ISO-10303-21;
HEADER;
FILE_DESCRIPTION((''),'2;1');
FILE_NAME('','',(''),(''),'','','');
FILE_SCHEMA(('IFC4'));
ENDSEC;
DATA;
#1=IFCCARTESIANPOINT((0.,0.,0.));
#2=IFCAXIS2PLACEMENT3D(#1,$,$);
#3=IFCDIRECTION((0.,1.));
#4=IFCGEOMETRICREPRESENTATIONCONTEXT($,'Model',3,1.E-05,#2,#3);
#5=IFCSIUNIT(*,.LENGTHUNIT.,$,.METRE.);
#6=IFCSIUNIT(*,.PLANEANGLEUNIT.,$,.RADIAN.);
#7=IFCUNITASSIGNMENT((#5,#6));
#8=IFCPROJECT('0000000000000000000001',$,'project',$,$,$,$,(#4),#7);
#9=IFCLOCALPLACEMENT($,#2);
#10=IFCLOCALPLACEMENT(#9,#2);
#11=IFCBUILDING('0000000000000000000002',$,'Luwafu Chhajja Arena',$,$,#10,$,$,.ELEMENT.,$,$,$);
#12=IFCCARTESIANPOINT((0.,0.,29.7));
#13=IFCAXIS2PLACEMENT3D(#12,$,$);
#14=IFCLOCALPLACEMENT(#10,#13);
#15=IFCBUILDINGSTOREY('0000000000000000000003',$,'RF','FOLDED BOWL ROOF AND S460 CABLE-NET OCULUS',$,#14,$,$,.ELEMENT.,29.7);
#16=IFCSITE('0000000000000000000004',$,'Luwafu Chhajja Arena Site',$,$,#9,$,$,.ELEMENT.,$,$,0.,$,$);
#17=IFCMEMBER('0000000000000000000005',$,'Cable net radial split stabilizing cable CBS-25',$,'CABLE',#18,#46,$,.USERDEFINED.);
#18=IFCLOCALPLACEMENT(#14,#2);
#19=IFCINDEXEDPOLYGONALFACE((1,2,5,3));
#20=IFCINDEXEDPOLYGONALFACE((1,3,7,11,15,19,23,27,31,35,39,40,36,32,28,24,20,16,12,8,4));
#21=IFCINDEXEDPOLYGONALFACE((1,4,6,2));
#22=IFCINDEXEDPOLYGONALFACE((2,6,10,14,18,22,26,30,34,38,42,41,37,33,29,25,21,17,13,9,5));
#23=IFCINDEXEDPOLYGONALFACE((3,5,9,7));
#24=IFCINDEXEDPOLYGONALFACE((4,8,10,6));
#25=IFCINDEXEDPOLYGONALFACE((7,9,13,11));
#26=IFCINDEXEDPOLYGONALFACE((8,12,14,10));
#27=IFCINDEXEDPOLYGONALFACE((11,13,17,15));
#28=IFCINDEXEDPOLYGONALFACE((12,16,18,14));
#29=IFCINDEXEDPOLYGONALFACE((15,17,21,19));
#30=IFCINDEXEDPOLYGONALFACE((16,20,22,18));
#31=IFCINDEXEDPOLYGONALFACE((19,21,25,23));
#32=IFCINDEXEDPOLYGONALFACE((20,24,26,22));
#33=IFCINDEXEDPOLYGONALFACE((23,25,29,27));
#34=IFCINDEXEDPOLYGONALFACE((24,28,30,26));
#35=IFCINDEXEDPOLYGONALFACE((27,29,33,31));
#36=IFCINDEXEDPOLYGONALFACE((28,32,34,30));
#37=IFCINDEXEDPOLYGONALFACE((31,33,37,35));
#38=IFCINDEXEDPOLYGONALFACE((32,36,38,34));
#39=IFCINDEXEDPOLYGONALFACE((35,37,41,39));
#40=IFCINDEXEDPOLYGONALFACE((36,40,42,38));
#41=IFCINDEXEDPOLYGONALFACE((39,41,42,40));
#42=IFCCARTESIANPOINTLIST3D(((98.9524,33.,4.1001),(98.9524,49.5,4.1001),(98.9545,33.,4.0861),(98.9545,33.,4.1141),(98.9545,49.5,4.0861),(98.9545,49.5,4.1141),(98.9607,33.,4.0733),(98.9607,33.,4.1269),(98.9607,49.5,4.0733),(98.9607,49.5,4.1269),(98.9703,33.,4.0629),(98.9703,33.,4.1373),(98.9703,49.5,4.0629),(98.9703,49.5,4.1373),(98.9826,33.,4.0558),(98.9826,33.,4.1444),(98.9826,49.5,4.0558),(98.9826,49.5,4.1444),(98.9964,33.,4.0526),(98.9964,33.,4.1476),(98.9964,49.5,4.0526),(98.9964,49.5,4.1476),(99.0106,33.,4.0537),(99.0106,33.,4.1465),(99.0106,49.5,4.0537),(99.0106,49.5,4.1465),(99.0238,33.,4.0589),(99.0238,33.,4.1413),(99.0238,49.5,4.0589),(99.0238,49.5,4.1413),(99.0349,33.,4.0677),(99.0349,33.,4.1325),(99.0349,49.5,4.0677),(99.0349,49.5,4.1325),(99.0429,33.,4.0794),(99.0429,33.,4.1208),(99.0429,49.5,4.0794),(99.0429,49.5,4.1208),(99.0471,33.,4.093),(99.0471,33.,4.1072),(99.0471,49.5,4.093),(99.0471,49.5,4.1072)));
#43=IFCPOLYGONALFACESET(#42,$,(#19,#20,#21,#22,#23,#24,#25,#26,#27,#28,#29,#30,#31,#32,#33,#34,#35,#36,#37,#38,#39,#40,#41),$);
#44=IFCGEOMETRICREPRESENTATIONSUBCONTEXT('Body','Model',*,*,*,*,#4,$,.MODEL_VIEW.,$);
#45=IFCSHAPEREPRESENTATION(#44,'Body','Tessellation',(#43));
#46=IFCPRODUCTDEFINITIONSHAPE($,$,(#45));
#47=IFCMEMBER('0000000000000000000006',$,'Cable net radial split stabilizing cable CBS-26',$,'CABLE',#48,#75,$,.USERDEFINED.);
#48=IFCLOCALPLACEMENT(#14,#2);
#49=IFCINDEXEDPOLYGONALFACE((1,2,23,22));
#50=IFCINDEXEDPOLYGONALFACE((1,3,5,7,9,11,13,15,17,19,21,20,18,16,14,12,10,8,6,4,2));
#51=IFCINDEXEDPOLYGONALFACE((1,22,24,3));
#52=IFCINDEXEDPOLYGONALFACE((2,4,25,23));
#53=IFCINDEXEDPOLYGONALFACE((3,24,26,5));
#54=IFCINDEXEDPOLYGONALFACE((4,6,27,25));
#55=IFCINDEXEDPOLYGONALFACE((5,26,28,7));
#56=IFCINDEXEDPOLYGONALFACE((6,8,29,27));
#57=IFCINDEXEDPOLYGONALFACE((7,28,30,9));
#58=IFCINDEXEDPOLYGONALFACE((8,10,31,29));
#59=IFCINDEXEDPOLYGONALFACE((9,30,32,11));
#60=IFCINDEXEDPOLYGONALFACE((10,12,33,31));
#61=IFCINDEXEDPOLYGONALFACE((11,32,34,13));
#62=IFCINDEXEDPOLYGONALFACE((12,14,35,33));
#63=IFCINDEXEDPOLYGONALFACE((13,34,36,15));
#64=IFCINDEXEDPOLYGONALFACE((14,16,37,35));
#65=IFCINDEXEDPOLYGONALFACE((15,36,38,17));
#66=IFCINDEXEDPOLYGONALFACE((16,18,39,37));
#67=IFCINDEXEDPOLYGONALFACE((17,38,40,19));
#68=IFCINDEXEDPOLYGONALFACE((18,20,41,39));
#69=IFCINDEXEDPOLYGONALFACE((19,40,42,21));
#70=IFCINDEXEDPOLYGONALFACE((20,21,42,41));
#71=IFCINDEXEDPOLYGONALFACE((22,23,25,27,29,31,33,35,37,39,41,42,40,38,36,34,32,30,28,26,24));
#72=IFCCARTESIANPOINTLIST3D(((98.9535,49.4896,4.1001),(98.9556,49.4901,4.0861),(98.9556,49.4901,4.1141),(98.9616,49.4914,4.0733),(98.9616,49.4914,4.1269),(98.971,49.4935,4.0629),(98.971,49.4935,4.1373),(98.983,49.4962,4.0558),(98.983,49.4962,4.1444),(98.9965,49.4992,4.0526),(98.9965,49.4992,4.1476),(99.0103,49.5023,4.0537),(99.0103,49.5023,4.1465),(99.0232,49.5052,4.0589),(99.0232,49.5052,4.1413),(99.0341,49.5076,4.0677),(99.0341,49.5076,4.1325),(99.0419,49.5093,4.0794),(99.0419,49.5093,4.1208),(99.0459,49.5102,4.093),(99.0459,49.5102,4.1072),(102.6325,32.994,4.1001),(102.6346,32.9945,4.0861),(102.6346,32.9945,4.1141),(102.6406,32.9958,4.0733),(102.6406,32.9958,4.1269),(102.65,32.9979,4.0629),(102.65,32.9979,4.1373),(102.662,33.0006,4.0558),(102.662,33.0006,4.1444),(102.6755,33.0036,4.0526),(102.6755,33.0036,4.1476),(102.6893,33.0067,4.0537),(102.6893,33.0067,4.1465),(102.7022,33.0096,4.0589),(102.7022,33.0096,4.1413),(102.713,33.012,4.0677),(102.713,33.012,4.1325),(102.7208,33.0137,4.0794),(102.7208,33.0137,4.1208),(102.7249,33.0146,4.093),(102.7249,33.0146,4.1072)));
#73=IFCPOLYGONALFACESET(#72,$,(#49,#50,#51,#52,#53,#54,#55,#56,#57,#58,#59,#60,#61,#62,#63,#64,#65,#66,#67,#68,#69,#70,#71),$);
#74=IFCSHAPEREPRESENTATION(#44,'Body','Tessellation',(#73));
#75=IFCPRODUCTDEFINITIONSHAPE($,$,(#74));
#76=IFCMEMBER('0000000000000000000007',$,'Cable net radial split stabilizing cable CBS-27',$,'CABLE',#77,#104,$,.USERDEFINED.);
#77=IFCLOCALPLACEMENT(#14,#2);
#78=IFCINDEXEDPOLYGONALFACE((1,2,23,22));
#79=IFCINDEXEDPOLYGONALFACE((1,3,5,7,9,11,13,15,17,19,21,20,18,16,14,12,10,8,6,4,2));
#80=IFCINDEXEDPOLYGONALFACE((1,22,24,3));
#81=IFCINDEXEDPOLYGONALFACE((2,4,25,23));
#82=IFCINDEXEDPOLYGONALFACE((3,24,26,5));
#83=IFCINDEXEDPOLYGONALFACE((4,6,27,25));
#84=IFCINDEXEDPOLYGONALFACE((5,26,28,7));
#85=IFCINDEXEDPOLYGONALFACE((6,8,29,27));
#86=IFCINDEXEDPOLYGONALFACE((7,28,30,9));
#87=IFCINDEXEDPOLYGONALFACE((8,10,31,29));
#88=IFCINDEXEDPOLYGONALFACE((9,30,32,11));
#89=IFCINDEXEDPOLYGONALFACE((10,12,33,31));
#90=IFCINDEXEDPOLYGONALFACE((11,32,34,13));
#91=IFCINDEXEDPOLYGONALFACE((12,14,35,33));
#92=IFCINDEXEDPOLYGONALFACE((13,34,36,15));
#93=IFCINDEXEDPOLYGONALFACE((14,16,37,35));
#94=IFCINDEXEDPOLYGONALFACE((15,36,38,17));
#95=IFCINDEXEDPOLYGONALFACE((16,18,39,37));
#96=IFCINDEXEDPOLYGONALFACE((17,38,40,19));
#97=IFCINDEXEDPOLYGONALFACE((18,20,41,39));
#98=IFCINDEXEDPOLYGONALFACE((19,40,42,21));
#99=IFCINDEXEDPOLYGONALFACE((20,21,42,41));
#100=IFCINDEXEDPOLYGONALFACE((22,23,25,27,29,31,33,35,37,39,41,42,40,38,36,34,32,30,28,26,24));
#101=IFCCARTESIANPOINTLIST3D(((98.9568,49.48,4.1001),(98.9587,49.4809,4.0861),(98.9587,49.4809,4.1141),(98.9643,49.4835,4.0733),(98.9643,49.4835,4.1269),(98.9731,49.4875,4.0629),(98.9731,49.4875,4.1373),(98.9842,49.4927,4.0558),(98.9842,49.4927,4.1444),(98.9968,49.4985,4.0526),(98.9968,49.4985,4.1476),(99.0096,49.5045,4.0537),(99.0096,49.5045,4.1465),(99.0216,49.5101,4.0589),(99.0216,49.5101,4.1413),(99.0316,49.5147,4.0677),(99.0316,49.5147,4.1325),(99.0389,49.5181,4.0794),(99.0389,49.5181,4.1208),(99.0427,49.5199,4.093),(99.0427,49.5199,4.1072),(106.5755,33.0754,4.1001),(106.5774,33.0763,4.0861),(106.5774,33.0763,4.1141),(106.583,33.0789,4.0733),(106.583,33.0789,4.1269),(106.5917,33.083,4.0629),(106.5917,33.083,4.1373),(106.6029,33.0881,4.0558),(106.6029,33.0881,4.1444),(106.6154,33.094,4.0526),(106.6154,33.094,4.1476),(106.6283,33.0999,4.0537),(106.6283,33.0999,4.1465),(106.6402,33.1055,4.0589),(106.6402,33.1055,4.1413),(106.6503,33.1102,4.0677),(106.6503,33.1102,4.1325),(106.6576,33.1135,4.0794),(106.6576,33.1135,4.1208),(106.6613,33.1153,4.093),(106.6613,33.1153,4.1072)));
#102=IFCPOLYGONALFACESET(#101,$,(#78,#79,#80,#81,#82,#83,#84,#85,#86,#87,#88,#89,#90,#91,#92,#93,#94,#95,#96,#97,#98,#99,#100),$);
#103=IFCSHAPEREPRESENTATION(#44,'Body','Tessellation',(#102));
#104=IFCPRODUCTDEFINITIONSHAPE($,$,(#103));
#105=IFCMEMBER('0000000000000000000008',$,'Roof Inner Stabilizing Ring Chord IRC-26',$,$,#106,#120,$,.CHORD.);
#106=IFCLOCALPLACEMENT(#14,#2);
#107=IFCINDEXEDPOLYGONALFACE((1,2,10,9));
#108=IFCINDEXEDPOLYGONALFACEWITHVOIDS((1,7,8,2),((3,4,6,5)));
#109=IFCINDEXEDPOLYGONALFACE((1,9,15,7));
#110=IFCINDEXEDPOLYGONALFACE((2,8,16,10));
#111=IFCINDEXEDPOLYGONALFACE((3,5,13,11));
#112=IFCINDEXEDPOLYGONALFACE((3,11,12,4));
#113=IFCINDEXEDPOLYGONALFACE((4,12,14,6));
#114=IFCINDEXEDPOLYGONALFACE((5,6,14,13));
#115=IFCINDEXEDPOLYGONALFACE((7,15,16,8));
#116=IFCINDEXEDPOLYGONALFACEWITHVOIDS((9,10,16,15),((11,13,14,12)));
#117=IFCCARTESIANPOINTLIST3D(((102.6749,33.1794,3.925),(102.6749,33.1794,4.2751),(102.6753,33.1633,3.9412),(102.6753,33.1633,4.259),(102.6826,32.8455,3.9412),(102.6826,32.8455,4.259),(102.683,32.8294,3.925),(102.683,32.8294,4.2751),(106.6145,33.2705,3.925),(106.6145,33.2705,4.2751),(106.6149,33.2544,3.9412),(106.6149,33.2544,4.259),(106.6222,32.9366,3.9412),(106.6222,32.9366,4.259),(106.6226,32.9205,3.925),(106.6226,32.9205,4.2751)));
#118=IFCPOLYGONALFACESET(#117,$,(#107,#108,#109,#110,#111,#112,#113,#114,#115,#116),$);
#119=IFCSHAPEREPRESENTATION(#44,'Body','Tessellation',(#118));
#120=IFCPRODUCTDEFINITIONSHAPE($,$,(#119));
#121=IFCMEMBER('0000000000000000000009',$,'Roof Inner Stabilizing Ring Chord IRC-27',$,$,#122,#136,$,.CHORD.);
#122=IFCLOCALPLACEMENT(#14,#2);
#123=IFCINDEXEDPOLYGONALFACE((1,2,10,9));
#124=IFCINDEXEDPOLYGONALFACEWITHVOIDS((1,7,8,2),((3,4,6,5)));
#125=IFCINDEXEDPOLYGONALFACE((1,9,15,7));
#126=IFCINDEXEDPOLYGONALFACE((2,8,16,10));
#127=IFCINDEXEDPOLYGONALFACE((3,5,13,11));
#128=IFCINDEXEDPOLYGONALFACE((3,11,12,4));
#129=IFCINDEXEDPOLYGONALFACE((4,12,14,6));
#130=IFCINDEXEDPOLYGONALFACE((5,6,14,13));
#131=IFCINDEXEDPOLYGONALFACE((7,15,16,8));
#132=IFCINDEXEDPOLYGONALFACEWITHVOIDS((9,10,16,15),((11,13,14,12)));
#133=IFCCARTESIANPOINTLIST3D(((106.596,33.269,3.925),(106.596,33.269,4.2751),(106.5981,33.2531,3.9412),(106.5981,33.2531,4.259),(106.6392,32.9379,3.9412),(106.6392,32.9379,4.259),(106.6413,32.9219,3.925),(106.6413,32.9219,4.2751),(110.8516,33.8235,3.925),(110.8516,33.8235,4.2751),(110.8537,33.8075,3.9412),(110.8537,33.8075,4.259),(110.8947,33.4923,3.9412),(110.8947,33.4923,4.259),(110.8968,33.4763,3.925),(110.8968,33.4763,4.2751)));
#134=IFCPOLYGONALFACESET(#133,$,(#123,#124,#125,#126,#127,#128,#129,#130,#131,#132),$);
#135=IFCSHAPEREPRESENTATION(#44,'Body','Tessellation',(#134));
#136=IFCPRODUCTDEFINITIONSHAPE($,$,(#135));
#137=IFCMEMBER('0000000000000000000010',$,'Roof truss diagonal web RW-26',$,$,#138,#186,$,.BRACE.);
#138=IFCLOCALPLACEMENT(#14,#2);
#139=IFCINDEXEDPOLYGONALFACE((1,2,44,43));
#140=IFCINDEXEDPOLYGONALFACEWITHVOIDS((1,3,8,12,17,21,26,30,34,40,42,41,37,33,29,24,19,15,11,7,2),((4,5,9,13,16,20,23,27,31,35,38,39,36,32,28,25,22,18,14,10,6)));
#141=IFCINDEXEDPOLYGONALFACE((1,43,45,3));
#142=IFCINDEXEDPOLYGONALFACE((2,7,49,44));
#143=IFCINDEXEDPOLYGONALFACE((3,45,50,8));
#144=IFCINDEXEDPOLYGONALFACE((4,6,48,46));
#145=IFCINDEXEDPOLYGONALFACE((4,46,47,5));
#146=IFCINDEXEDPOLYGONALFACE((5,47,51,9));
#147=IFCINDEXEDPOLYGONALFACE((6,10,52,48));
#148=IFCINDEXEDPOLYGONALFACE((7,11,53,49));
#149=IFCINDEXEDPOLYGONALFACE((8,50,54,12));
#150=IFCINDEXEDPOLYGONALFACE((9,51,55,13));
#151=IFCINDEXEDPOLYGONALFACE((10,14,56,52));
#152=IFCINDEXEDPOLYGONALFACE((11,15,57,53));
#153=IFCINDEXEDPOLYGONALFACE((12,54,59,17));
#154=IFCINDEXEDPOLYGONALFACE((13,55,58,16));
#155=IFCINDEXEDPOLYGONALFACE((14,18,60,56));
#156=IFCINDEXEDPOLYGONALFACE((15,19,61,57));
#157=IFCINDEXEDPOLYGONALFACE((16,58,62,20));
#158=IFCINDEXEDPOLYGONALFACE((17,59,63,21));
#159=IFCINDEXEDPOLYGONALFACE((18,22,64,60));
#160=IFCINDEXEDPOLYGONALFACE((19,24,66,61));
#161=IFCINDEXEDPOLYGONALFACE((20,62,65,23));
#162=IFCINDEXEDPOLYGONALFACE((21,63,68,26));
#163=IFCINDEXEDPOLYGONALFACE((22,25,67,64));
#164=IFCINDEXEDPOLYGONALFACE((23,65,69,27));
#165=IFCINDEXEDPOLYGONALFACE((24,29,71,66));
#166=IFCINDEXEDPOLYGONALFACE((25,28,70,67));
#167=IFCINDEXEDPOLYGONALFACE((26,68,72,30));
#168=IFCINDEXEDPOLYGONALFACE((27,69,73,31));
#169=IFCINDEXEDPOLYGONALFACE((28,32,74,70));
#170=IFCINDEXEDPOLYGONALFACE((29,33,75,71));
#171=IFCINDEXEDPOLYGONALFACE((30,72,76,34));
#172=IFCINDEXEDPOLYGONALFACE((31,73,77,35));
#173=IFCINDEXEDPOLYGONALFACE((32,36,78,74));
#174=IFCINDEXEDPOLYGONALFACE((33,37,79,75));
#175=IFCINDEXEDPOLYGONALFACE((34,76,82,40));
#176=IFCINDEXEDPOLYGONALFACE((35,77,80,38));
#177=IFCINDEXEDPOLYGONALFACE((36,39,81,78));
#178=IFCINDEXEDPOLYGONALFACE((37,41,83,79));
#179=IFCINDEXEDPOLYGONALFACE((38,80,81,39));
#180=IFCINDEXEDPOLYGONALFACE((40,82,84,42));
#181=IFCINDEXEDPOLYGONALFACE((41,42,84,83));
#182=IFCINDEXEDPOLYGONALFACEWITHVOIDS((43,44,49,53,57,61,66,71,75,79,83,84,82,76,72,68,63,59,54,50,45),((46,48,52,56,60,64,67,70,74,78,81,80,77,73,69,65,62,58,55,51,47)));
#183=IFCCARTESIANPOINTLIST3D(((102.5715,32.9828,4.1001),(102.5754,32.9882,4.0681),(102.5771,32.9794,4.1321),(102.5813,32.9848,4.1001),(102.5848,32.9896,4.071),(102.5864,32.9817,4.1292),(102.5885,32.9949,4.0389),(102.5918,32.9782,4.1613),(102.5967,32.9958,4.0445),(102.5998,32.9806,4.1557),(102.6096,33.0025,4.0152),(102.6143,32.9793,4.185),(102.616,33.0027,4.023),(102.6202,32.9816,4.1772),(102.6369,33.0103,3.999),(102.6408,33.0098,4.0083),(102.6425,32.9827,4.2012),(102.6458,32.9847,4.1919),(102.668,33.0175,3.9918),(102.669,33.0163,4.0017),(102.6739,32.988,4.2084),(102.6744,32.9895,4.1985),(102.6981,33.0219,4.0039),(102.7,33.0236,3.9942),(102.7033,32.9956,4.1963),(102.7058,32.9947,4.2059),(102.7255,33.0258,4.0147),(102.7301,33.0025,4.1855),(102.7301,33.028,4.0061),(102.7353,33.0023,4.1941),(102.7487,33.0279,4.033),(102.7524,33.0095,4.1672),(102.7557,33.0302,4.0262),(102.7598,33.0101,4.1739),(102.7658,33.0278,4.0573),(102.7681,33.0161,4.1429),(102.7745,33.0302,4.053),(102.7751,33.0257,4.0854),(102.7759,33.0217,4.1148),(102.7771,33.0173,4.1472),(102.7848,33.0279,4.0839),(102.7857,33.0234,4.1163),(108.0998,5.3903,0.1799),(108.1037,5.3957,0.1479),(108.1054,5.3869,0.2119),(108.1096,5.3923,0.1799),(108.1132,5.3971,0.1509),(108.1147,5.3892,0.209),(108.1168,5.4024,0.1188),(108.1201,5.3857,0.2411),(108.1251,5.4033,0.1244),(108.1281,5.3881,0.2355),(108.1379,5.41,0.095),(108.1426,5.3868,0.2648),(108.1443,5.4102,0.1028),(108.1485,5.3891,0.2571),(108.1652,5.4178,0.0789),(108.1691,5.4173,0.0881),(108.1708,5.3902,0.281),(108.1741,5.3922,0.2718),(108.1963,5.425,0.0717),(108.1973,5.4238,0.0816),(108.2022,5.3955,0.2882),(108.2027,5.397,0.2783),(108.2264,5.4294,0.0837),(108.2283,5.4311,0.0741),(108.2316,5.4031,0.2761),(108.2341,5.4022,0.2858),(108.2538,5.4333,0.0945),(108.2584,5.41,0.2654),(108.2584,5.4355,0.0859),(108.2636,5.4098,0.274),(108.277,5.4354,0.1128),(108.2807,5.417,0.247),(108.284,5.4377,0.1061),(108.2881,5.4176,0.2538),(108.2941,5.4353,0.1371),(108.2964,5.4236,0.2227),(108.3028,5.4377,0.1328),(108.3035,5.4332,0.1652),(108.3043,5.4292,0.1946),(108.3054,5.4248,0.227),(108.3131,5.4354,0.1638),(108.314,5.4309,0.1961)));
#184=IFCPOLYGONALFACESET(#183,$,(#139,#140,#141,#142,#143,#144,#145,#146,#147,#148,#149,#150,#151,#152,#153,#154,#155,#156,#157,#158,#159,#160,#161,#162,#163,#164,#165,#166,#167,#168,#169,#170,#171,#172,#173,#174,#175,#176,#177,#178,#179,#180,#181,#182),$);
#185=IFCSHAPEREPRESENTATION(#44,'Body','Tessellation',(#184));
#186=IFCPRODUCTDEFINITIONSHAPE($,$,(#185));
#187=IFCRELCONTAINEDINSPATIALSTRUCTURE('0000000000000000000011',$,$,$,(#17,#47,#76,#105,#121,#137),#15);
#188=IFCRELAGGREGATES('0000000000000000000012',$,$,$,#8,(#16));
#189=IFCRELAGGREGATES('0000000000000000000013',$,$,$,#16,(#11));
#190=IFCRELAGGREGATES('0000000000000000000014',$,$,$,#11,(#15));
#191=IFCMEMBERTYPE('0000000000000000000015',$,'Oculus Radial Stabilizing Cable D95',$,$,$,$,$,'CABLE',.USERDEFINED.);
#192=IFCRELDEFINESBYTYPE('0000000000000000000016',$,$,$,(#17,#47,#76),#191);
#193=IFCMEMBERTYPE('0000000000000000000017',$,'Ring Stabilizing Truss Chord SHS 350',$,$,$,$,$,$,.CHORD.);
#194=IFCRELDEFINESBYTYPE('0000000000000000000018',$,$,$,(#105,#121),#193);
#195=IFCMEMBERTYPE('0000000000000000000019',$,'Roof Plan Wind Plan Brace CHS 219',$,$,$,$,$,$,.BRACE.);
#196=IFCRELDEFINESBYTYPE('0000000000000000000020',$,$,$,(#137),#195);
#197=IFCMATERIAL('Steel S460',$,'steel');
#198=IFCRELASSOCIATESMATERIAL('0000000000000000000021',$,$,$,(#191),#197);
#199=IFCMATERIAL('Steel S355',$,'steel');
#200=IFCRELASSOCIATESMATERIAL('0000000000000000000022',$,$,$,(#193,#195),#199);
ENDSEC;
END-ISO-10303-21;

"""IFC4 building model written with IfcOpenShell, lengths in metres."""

from ifc_helpers import new_model, si_unit, direction, frame, origin, origin_2d, place, context, subcontext, project, spatial, hollow_rectangle, circle, hollow_circle, extrude, material, material_profile, profile_set, type_object, element, save


model = new_model("IFC4")

# Units and contexts
model_context = context("Model", 3, precision=1e-05, world=origin(), true_north=direction((0.0, 1.0)))
body_context = subcontext(model_context, "Body", "Model", "MODEL_VIEW")
ifc_project = project(units=[si_unit("LENGTHUNIT", "METRE"), si_unit("PLANEANGLEUNIT", "RADIAN")], contexts=[model_context])

# Site, building, storey
site_placement = place(None, origin())
site = spatial("IfcSite", under=ifc_project, at=site_placement, Name="Luwafu Chhajja Arena Site", CompositionType="ELEMENT", RefElevation=0.0)
building_placement = place(site_placement, origin())
building = spatial("IfcBuilding", under=site, at=building_placement, Name="Luwafu Chhajja Arena", CompositionType="ELEMENT")
storey_placement = place(building_placement, frame((0.0, 0.0, 29.7)))
storey = spatial("IfcBuildingStorey", under=building, at=storey_placement, Name="RF", Description="FOLDED BOWL ROOF AND S460 CABLE-NET OCULUS", CompositionType="ELEMENT", Elevation=29.7)

# Shared definitions
ifc_material_1 = material(Name="Steel S355", Category="steel")

# Members
ifc_material_2 = material(Name="Steel S460", Category="steel")
ifc_material_profile_1 = material_profile(ifc_material_2, circle(Radius=0.0476, at=origin_2d()), Name="CABLE D95")
ifc_profile_set_1 = profile_set([ifc_material_profile_1], Name="Steel S460")
member_type_1 = type_object("IfcMemberType", Name="Oculus Radial Stabilizing Cable D95", ElementType="CABLE", PredefinedType="USERDEFINED", material=ifc_profile_set_1)
member_1_placement = place(storey_placement, frame((99.0, 33.0, 4.1001), z_axis=(0.0, 1.0, 0.0), x_axis=(-1.0, 0.0, 0.0)))
element("IfcMember", 1, at=member_1_placement, inside=storey, type_object=member_type_1, Name="Cable net radial split stabilizing cable CBS-25", ObjectType="CABLE", PredefinedType="USERDEFINED", context=body_context, shape_type="SweptSolid", body=[
    extrude(circle(Radius=0.0476, at=origin_2d()), origin(), (0.0, 0.0, 1.0), 16.5),
])
member_2_placement = place(storey_placement, frame((102.679, 33.0044, 4.1001), z_axis=(-0.217678, 0.976021, 0.0), x_axis=(-0.976021, -0.217678, 0.0)))
element("IfcMember", 2, at=member_2_placement, inside=storey, type_object=member_type_1, Name="Cable net radial split stabilizing cable CBS-26", ObjectType="CABLE", PredefinedType="USERDEFINED", context=body_context, shape_type="SweptSolid", body=[
    extrude(circle(Radius=0.0476, at=origin_2d()), origin(), (0.0, 0.0, 1.0), 16.9009),
])
member_3_placement = place(storey_placement, frame((106.6187, 33.0955, 4.1001), z_axis=(-0.421214, 0.906961, 0.0), x_axis=(-0.906961, -0.421214, 0.0)))
element("IfcMember", 3, at=member_3_placement, inside=storey, type_object=member_type_1, Name="Cable net radial split stabilizing cable CBS-27", ObjectType="CABLE", PredefinedType="USERDEFINED", context=body_context, shape_type="SweptSolid", body=[
    extrude(circle(Radius=0.0476, at=origin_2d()), origin(), (0.0, 0.0, 1.0), 18.0874),
])
ifc_material_profile_2 = material_profile(ifc_material_1, hollow_rectangle(XDim=0.3501, YDim=0.3501, WallThickness=0.0161, at=origin_2d()), Name="SHS 350x350x16")
ifc_profile_set_2 = profile_set([ifc_material_profile_2], Name="Steel S355")
member_type_2 = type_object("IfcMemberType", Name="Ring Stabilizing Truss Chord SHS 350", PredefinedType="CHORD", material=ifc_profile_set_2)
member_4_placement = place(storey_placement, frame((102.679, 33.0044, 4.1001), z_axis=(0.999733, 0.023108, 0.0), x_axis=(-0.023108, 0.999733, 0.0)))
element("IfcMember", 4, at=member_4_placement, inside=storey, type_object=member_type_2, Name="Roof Inner Stabilizing Ring Chord IRC-26", PredefinedType="CHORD", context=body_context, shape_type="SweptSolid", body=[
    extrude(hollow_rectangle(XDim=0.3501, YDim=0.3501, WallThickness=0.0161, at=origin_2d()), origin(), (0.0, 0.0, 1.0), 3.9407),
])
member_5_placement = place(storey_placement, frame((106.6187, 33.0955, 4.1001), z_axis=(0.991619, 0.129193, 0.0), x_axis=(-0.129193, 0.991619, 0.0)))
element("IfcMember", 5, at=member_5_placement, inside=storey, type_object=member_type_2, Name="Roof Inner Stabilizing Ring Chord IRC-27", PredefinedType="CHORD", context=body_context, shape_type="SweptSolid", body=[
    extrude(hollow_rectangle(XDim=0.3501, YDim=0.3501, WallThickness=0.0161, at=origin_2d()), origin(), (0.0, 0.0, 1.0), 4.2915),
])
ifc_material_profile_3 = material_profile(ifc_material_1, hollow_circle(Radius=0.1096, WallThickness=0.01, at=origin_2d()), Name="CHS 219.1x10")
ifc_profile_set_3 = profile_set([ifc_material_profile_3], Name="Steel S355")
member_type_3 = type_object("IfcMemberType", Name="Roof Plan Wind Plan Brace CHS 219", PredefinedType="BRACE", material=ifc_profile_set_3)
member_6_placement = place(storey_placement, frame((108.2073, 5.4119, 0.1799), z_axis=(-0.194573, 0.971136, 0.137973), x_axis=(-0.980514, -0.196451, 0.0)))
element("IfcMember", 6, at=member_6_placement, inside=storey, type_object=member_type_3, Name="Roof truss diagonal web RW-26", PredefinedType="BRACE", context=body_context, shape_type="SweptSolid", body=[
    extrude(hollow_circle(Radius=0.1096, WallThickness=0.01, at=origin_2d()), origin(), (0.0, 0.0, 1.0), 28.4126),
])

save(model, "model.ifc")
